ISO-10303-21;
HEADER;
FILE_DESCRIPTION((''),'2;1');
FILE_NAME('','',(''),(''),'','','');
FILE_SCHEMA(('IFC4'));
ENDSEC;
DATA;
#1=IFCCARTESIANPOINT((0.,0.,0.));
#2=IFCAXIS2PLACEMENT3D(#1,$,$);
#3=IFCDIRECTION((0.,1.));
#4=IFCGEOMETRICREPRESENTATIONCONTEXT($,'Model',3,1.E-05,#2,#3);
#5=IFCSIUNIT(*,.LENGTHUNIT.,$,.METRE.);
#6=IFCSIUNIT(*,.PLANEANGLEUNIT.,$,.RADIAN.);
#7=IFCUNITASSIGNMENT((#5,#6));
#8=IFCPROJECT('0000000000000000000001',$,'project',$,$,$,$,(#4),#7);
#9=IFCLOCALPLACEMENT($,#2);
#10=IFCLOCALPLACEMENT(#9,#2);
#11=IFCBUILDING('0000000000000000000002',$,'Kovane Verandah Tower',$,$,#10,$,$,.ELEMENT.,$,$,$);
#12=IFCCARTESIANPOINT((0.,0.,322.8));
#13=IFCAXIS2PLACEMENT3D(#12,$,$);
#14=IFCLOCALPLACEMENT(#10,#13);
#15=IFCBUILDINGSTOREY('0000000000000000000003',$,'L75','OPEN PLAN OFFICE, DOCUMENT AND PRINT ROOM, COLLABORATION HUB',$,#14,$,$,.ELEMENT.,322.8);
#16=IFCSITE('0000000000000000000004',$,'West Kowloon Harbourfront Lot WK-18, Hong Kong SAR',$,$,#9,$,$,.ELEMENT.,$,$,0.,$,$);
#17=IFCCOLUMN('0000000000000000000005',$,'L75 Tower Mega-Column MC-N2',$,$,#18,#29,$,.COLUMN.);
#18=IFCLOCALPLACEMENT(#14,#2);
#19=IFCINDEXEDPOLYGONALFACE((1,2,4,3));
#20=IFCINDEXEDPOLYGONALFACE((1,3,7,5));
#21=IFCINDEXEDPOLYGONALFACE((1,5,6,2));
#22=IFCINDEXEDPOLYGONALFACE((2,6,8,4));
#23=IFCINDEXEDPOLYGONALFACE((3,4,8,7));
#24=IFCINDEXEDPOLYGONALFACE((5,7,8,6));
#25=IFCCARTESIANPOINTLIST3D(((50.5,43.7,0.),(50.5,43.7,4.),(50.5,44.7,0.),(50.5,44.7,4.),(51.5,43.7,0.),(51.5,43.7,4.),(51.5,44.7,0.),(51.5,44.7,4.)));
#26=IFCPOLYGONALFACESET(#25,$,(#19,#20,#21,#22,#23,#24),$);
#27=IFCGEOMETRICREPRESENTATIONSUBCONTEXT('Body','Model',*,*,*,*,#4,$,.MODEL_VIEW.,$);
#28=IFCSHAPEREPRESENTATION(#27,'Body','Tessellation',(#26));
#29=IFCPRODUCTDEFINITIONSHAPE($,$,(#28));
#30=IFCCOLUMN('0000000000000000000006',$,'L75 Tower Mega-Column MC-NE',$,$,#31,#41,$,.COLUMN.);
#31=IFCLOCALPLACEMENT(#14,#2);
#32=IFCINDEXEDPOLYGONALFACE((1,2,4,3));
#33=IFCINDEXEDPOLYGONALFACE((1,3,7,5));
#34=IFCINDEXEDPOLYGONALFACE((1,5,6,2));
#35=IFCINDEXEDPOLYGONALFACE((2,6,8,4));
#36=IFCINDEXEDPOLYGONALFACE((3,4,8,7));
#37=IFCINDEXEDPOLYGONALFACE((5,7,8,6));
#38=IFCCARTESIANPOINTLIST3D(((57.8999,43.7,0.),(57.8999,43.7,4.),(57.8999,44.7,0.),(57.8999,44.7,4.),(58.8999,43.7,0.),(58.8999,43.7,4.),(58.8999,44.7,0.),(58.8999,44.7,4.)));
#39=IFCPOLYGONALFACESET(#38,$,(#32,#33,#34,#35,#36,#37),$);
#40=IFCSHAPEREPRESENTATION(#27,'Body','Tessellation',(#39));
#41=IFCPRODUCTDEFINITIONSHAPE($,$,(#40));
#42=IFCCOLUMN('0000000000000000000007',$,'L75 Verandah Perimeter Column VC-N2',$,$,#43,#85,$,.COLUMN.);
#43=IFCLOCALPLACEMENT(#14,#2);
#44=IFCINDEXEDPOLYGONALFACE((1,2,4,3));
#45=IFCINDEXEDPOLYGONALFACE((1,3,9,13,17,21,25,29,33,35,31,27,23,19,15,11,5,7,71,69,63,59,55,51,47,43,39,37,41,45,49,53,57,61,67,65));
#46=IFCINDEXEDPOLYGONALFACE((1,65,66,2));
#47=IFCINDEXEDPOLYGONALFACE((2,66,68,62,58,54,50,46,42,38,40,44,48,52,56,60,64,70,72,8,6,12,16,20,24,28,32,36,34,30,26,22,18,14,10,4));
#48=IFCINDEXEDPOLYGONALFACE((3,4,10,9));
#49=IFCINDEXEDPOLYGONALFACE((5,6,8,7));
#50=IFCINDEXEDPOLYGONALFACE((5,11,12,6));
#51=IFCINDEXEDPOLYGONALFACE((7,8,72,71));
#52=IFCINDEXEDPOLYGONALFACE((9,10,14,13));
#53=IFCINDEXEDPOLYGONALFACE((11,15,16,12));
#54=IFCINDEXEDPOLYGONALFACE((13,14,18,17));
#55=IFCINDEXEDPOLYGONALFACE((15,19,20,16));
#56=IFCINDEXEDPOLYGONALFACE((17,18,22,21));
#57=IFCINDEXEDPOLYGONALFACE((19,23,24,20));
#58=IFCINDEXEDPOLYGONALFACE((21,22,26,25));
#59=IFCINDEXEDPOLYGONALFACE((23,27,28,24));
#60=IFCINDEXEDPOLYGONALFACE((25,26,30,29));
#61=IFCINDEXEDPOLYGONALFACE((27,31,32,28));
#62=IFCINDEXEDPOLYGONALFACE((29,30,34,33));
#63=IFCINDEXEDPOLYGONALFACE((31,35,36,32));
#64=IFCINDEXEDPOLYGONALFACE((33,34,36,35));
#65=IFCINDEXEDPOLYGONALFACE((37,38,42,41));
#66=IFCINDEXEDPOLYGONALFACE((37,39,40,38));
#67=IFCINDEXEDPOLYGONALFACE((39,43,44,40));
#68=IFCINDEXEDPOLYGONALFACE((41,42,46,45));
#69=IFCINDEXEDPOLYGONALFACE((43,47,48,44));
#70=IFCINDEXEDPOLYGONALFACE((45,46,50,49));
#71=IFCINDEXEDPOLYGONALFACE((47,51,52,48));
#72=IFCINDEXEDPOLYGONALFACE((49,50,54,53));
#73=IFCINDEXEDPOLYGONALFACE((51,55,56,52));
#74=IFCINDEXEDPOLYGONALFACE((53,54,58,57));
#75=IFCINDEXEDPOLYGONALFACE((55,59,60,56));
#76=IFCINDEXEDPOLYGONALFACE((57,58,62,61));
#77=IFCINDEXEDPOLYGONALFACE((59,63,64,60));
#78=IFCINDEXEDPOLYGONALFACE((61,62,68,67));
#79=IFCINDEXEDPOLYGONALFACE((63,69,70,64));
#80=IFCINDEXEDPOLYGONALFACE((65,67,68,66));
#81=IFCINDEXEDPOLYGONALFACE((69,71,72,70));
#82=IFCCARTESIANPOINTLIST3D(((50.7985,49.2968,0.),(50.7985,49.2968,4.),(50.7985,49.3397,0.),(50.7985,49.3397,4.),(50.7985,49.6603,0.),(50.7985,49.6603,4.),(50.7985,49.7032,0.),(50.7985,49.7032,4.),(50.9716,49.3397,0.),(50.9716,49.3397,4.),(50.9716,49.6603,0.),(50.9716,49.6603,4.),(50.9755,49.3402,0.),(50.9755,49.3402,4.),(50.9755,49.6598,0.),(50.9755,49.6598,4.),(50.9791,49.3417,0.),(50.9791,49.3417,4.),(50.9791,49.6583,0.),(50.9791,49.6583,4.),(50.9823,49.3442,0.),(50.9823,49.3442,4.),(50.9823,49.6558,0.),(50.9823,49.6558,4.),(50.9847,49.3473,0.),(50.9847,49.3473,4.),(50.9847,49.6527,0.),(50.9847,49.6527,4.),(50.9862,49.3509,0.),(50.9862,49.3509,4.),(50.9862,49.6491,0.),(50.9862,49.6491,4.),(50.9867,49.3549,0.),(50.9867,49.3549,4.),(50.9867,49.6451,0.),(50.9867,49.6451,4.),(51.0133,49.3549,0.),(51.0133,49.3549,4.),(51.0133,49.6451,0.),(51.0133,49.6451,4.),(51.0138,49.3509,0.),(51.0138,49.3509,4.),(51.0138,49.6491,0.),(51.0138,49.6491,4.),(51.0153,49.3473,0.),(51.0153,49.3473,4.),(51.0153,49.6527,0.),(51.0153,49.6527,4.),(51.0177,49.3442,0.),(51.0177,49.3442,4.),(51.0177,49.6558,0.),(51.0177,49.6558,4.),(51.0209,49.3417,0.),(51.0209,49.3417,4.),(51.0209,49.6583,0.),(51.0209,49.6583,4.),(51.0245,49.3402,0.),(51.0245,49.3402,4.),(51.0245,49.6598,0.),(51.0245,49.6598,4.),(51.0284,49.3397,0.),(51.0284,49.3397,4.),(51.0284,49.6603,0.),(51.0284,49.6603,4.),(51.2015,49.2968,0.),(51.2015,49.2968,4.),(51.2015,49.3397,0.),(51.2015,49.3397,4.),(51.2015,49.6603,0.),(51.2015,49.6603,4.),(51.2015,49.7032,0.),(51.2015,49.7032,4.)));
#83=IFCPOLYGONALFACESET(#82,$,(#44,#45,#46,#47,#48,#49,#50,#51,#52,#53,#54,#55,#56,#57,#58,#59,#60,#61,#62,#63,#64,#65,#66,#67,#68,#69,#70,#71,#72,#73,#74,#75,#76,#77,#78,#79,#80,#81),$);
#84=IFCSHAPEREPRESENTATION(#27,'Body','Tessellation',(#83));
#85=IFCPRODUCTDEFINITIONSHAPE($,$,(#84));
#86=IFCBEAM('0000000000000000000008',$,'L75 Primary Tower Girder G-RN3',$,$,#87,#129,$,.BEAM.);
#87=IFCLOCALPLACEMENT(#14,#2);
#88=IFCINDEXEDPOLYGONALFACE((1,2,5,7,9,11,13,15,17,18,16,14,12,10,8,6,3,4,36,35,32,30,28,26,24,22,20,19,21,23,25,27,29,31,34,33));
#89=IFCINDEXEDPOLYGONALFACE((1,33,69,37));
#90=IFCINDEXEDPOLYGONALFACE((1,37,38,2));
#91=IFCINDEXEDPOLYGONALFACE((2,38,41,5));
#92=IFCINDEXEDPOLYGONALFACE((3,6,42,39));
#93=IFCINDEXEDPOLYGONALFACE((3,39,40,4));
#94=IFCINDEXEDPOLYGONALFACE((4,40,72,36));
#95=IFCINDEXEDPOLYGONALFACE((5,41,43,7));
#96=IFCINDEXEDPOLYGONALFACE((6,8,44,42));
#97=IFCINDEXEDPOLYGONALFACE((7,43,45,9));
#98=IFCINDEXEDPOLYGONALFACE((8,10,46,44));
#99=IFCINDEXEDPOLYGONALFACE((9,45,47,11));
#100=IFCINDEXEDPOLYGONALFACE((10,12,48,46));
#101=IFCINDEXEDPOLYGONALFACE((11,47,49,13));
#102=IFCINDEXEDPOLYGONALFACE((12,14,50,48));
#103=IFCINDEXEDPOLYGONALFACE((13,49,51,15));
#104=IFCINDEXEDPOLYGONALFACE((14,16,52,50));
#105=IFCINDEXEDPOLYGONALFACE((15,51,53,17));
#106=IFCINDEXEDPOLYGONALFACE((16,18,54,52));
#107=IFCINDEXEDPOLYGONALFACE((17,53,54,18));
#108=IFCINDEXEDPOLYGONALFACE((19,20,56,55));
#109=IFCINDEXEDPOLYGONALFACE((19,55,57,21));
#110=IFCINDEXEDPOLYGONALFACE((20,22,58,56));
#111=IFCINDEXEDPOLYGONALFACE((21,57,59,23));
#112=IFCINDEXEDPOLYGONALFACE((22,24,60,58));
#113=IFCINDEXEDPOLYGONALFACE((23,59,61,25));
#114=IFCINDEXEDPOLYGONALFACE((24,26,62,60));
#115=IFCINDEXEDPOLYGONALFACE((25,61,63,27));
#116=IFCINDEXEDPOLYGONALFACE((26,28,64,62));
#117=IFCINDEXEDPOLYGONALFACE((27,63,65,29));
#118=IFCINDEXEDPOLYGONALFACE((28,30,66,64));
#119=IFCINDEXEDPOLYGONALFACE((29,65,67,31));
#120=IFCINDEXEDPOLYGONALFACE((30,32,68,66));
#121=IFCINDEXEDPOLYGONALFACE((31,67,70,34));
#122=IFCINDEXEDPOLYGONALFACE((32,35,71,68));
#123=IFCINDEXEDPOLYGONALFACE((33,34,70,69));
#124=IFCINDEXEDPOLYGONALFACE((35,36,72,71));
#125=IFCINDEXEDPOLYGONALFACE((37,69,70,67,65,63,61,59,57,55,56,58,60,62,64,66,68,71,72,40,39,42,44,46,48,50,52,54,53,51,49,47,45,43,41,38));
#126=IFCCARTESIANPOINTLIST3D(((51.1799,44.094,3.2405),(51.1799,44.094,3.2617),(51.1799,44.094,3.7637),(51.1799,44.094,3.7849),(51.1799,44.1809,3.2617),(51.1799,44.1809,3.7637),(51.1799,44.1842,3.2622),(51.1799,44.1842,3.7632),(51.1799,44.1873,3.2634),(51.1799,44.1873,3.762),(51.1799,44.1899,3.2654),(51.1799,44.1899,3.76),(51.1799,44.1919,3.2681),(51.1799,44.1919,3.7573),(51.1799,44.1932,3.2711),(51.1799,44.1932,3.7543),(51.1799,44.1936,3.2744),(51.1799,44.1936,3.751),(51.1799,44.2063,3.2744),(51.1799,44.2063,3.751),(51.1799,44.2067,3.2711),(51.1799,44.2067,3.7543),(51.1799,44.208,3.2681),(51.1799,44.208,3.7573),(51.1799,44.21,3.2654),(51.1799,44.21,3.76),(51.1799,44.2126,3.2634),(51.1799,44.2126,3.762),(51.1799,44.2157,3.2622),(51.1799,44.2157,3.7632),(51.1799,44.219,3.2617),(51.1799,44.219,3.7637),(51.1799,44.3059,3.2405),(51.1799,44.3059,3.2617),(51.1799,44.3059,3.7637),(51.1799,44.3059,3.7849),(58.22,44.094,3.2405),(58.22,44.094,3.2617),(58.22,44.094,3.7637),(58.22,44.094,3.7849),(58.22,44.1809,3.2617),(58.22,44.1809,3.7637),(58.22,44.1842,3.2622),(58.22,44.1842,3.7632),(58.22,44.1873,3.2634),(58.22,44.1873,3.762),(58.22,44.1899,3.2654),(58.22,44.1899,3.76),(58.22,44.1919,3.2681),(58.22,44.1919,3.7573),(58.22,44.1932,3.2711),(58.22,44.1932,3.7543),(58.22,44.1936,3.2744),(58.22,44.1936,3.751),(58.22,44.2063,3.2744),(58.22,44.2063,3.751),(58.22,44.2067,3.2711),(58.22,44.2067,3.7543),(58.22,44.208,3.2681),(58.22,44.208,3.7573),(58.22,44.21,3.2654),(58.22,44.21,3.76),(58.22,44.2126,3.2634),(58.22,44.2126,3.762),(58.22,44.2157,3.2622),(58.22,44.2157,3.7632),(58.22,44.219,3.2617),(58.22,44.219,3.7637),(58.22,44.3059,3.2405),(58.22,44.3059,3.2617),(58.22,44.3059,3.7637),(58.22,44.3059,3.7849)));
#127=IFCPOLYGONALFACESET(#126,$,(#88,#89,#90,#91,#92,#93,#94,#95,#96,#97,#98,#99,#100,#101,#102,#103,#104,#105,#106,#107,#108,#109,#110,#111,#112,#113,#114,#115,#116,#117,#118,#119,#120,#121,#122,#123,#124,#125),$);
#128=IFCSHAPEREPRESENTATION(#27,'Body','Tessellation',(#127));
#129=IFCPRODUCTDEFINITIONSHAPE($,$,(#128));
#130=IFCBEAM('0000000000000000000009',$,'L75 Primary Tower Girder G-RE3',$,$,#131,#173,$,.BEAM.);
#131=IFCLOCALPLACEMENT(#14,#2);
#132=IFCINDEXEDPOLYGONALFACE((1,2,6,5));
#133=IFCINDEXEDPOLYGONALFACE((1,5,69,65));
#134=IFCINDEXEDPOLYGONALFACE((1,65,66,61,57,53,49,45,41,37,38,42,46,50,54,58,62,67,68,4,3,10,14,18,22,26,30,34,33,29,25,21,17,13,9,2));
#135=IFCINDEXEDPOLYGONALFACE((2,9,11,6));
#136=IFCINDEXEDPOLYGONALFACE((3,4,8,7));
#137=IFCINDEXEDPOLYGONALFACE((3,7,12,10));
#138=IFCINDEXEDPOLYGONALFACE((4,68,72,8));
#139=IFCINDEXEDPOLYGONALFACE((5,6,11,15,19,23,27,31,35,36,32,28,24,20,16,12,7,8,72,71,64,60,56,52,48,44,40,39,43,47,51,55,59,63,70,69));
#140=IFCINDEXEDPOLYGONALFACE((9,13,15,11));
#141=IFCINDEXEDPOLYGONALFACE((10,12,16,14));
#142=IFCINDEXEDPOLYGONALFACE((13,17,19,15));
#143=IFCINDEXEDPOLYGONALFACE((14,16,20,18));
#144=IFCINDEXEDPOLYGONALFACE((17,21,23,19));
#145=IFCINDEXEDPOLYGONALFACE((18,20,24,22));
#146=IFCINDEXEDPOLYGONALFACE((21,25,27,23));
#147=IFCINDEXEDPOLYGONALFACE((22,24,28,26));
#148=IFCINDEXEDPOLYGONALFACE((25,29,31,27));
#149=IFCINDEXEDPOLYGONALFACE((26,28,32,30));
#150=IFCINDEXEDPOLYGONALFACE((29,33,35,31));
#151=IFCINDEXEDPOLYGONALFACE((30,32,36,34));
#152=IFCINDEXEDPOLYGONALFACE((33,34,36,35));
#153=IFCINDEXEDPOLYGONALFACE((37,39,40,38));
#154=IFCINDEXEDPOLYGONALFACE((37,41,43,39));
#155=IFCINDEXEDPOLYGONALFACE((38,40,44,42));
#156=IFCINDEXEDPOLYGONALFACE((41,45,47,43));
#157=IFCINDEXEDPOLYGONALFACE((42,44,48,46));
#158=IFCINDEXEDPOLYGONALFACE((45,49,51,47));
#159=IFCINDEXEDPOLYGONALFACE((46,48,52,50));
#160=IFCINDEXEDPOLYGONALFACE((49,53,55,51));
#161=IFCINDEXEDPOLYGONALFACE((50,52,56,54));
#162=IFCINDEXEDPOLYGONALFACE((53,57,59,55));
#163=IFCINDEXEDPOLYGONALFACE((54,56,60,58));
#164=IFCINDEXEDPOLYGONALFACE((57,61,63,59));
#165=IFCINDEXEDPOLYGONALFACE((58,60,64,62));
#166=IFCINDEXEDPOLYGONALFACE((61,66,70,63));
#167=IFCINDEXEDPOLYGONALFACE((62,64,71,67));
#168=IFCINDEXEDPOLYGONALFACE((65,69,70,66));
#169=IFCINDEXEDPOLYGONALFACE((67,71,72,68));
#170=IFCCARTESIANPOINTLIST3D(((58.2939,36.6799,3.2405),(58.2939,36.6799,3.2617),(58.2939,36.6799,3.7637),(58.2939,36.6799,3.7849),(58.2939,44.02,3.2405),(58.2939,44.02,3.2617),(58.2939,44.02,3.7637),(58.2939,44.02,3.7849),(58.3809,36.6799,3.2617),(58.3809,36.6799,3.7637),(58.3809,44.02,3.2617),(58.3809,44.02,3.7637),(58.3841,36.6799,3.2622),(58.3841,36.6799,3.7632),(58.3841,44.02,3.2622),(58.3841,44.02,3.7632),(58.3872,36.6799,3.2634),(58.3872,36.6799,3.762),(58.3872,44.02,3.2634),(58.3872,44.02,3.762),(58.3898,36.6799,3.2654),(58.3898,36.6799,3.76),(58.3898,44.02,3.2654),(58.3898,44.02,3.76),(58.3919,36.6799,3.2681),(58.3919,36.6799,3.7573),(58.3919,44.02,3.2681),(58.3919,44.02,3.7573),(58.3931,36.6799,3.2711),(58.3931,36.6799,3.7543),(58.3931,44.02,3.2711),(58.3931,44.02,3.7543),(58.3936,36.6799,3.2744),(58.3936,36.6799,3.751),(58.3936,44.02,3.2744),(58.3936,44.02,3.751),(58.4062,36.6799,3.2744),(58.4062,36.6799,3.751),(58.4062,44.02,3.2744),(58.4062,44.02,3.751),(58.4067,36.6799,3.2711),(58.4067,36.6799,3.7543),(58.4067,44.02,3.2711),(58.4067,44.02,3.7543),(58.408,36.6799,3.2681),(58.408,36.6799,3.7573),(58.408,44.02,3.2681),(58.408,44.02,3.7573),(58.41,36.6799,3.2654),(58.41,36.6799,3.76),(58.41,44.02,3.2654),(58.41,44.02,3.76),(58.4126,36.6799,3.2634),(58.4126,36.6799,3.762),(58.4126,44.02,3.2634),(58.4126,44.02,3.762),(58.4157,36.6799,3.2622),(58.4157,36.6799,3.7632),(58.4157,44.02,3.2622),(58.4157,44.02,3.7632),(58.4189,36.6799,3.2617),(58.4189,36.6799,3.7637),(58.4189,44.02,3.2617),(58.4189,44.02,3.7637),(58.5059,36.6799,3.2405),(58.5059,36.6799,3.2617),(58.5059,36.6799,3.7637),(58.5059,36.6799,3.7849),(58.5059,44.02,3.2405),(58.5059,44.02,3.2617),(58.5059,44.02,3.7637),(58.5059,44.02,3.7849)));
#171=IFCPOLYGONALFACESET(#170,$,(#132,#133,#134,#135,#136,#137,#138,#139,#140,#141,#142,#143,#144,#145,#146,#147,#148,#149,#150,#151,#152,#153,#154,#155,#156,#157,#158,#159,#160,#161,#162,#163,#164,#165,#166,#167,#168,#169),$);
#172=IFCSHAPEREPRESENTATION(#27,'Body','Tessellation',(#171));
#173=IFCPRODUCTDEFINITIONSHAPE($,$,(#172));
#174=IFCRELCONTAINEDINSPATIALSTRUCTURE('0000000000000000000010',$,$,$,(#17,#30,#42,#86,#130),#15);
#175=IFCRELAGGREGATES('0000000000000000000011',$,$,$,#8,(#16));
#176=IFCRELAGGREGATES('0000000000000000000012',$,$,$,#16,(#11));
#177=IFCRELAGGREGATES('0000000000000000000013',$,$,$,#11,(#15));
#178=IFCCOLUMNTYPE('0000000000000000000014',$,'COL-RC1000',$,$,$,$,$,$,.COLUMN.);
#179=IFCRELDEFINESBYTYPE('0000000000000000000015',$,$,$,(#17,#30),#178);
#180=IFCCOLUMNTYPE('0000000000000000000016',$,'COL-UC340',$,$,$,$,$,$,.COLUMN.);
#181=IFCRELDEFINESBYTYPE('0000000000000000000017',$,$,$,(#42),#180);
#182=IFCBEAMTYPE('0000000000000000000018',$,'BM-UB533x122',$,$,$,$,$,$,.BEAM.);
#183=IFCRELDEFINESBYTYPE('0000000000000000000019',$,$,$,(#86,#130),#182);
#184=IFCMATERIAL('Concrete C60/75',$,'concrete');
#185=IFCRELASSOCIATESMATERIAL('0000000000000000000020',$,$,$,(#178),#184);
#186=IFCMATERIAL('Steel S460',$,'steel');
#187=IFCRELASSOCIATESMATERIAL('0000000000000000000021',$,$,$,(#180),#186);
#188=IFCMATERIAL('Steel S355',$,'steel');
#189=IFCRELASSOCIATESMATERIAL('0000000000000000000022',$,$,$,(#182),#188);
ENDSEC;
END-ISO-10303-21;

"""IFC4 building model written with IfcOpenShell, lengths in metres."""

from ifc_helpers import new_model, si_unit, direction, frame, origin, origin_2d, place, context, subcontext, project, spatial, rectangle, i_section, extrude, material, material_profile, profile_set, type_object, element, save


model = new_model("IFC4")

# Units and contexts
model_context = context("Model", 3, precision=1e-05, world=origin(), true_north=direction((0.0, 1.0)))
body_context = subcontext(model_context, "Body", "Model", "MODEL_VIEW")
ifc_project = project(units=[si_unit("LENGTHUNIT", "METRE"), si_unit("PLANEANGLEUNIT", "RADIAN")], contexts=[model_context])

# Site, building, storey
site_placement = place(None, origin())
site = spatial("IfcSite", under=ifc_project, at=site_placement, Name="West Kowloon Harbourfront Lot WK-18, Hong Kong SAR", CompositionType="ELEMENT", RefElevation=0.0)
building_placement = place(site_placement, origin())
building = spatial("IfcBuilding", under=site, at=building_placement, Name="Kovane Verandah Tower", CompositionType="ELEMENT")
storey_placement = place(building_placement, frame((0.0, 0.0, 322.8)))
storey = spatial("IfcBuildingStorey", under=building, at=storey_placement, Name="L75", Description="OPEN PLAN OFFICE, DOCUMENT AND PRINT ROOM, COLLABORATION HUB", CompositionType="ELEMENT", Elevation=322.8)

# Columns
ifc_material_1 = material(Name="Concrete C60/75", Category="concrete")
ifc_material_profile_1 = material_profile(ifc_material_1, rectangle(XDim=1.0, YDim=1.0, at=origin_2d()), Name="RC1000x1000")
ifc_profile_set_1 = profile_set([ifc_material_profile_1], Name="Concrete C60/75")
column_type_1 = type_object("IfcColumnType", Name="COL-RC1000", PredefinedType="COLUMN", material=ifc_profile_set_1)
for number, where, z_axis, x_axis, name in (
    (1, (51.0, 44.2, 0.0), (0.0, 0.0, 1.0), (1.0, 0.0, 0.0), "L75 Tower Mega-Column MC-N2"),
    (2, (58.3999, 44.2, 0.0), (0.0, 0.0, 1.0), (1.0, 0.0, 0.0), "L75 Tower Mega-Column MC-NE"),
):
    element("IfcColumn", number, at=place(storey_placement, frame(where, z_axis=z_axis, x_axis=x_axis)), inside=storey, type_object=column_type_1, Name=name, PredefinedType="COLUMN", context=body_context, shape_type="SweptSolid", body=[
        extrude(rectangle(XDim=1.0, YDim=1.0, at=origin_2d()), origin(), (0.0, 0.0, 1.0), 4.0),
    ])
ifc_material_2 = material(Name="Steel S460", Category="steel")
ifc_material_profile_2 = material_profile(ifc_material_2, i_section(OverallWidth=0.4031, OverallDepth=0.4065, WebThickness=0.0266, FlangeThickness=0.043, FilletRadius=0.0151, at=origin_2d()), Name="UC356x406x340")
ifc_profile_set_2 = profile_set([ifc_material_profile_2], Name="Steel S460")
column_type_2 = type_object("IfcColumnType", Name="COL-UC340", PredefinedType="COLUMN", material=ifc_profile_set_2)
column_placement = place(storey_placement, frame((51.0, 49.5, 0.0), z_axis=(0.0, 0.0, 1.0), x_axis=(1.0, 0.0, 0.0)))
element("IfcColumn", 3, at=column_placement, inside=storey, type_object=column_type_2, Name="L75 Verandah Perimeter Column VC-N2", PredefinedType="COLUMN", context=body_context, shape_type="SweptSolid", body=[
    extrude(i_section(OverallWidth=0.4031, OverallDepth=0.4065, WebThickness=0.0266, FlangeThickness=0.043, FilletRadius=0.0151, at=origin_2d()), origin(), (0.0, 0.0, 1.0), 4.0),
])

# Beams
ifc_material_3 = material(Name="Steel S355", Category="steel")
ifc_material_profile_3 = material_profile(ifc_material_3, i_section(OverallWidth=0.2119, OverallDepth=0.5444, WebThickness=0.0127, FlangeThickness=0.0212, FilletRadius=0.0127, at=origin_2d()), Name="UB533x210x122")
ifc_profile_set_3 = profile_set([ifc_material_profile_3], Name="Steel S355")
beam_type_1 = type_object("IfcBeamType", Name="BM-UB533x122", PredefinedType="BEAM", material=ifc_profile_set_3)
beam_1_placement = place(storey_placement, frame((51.1799, 44.2, 3.5127), z_axis=(1.0, 0.0, 0.0), x_axis=(0.0, 1.0, 0.0)))
element("IfcBeam", 4, at=beam_1_placement, inside=storey, type_object=beam_type_1, Name="L75 Primary Tower Girder G-RN3", PredefinedType="BEAM", context=body_context, shape_type="SweptSolid", body=[
    extrude(i_section(OverallWidth=0.2119, OverallDepth=0.5444, WebThickness=0.0127, FlangeThickness=0.0212, FilletRadius=0.0127, at=origin_2d()), origin(), (0.0, 0.0, 1.0), 7.04),
])
for number, where, z_axis, x_axis, name in (
    (5, (58.3999, 36.6799, 3.5127), (0.0, 1.0, 0.0), (-1.0, 0.0, 0.0), "L75 Primary Tower Girder G-RE3"),
):
    element("IfcBeam", number, at=place(storey_placement, frame(where, z_axis=z_axis, x_axis=x_axis)), inside=storey, type_object=beam_type_1, Name=name, PredefinedType="BEAM", context=body_context, shape_type="SweptSolid", body=[
        extrude(i_section(OverallWidth=0.2119, OverallDepth=0.5444, WebThickness=0.0127, FlangeThickness=0.0212, FilletRadius=0.0127, at=origin_2d()), origin(), (0.0, 0.0, 1.0), 7.3401),
    ])

save(model, "model.ifc")
